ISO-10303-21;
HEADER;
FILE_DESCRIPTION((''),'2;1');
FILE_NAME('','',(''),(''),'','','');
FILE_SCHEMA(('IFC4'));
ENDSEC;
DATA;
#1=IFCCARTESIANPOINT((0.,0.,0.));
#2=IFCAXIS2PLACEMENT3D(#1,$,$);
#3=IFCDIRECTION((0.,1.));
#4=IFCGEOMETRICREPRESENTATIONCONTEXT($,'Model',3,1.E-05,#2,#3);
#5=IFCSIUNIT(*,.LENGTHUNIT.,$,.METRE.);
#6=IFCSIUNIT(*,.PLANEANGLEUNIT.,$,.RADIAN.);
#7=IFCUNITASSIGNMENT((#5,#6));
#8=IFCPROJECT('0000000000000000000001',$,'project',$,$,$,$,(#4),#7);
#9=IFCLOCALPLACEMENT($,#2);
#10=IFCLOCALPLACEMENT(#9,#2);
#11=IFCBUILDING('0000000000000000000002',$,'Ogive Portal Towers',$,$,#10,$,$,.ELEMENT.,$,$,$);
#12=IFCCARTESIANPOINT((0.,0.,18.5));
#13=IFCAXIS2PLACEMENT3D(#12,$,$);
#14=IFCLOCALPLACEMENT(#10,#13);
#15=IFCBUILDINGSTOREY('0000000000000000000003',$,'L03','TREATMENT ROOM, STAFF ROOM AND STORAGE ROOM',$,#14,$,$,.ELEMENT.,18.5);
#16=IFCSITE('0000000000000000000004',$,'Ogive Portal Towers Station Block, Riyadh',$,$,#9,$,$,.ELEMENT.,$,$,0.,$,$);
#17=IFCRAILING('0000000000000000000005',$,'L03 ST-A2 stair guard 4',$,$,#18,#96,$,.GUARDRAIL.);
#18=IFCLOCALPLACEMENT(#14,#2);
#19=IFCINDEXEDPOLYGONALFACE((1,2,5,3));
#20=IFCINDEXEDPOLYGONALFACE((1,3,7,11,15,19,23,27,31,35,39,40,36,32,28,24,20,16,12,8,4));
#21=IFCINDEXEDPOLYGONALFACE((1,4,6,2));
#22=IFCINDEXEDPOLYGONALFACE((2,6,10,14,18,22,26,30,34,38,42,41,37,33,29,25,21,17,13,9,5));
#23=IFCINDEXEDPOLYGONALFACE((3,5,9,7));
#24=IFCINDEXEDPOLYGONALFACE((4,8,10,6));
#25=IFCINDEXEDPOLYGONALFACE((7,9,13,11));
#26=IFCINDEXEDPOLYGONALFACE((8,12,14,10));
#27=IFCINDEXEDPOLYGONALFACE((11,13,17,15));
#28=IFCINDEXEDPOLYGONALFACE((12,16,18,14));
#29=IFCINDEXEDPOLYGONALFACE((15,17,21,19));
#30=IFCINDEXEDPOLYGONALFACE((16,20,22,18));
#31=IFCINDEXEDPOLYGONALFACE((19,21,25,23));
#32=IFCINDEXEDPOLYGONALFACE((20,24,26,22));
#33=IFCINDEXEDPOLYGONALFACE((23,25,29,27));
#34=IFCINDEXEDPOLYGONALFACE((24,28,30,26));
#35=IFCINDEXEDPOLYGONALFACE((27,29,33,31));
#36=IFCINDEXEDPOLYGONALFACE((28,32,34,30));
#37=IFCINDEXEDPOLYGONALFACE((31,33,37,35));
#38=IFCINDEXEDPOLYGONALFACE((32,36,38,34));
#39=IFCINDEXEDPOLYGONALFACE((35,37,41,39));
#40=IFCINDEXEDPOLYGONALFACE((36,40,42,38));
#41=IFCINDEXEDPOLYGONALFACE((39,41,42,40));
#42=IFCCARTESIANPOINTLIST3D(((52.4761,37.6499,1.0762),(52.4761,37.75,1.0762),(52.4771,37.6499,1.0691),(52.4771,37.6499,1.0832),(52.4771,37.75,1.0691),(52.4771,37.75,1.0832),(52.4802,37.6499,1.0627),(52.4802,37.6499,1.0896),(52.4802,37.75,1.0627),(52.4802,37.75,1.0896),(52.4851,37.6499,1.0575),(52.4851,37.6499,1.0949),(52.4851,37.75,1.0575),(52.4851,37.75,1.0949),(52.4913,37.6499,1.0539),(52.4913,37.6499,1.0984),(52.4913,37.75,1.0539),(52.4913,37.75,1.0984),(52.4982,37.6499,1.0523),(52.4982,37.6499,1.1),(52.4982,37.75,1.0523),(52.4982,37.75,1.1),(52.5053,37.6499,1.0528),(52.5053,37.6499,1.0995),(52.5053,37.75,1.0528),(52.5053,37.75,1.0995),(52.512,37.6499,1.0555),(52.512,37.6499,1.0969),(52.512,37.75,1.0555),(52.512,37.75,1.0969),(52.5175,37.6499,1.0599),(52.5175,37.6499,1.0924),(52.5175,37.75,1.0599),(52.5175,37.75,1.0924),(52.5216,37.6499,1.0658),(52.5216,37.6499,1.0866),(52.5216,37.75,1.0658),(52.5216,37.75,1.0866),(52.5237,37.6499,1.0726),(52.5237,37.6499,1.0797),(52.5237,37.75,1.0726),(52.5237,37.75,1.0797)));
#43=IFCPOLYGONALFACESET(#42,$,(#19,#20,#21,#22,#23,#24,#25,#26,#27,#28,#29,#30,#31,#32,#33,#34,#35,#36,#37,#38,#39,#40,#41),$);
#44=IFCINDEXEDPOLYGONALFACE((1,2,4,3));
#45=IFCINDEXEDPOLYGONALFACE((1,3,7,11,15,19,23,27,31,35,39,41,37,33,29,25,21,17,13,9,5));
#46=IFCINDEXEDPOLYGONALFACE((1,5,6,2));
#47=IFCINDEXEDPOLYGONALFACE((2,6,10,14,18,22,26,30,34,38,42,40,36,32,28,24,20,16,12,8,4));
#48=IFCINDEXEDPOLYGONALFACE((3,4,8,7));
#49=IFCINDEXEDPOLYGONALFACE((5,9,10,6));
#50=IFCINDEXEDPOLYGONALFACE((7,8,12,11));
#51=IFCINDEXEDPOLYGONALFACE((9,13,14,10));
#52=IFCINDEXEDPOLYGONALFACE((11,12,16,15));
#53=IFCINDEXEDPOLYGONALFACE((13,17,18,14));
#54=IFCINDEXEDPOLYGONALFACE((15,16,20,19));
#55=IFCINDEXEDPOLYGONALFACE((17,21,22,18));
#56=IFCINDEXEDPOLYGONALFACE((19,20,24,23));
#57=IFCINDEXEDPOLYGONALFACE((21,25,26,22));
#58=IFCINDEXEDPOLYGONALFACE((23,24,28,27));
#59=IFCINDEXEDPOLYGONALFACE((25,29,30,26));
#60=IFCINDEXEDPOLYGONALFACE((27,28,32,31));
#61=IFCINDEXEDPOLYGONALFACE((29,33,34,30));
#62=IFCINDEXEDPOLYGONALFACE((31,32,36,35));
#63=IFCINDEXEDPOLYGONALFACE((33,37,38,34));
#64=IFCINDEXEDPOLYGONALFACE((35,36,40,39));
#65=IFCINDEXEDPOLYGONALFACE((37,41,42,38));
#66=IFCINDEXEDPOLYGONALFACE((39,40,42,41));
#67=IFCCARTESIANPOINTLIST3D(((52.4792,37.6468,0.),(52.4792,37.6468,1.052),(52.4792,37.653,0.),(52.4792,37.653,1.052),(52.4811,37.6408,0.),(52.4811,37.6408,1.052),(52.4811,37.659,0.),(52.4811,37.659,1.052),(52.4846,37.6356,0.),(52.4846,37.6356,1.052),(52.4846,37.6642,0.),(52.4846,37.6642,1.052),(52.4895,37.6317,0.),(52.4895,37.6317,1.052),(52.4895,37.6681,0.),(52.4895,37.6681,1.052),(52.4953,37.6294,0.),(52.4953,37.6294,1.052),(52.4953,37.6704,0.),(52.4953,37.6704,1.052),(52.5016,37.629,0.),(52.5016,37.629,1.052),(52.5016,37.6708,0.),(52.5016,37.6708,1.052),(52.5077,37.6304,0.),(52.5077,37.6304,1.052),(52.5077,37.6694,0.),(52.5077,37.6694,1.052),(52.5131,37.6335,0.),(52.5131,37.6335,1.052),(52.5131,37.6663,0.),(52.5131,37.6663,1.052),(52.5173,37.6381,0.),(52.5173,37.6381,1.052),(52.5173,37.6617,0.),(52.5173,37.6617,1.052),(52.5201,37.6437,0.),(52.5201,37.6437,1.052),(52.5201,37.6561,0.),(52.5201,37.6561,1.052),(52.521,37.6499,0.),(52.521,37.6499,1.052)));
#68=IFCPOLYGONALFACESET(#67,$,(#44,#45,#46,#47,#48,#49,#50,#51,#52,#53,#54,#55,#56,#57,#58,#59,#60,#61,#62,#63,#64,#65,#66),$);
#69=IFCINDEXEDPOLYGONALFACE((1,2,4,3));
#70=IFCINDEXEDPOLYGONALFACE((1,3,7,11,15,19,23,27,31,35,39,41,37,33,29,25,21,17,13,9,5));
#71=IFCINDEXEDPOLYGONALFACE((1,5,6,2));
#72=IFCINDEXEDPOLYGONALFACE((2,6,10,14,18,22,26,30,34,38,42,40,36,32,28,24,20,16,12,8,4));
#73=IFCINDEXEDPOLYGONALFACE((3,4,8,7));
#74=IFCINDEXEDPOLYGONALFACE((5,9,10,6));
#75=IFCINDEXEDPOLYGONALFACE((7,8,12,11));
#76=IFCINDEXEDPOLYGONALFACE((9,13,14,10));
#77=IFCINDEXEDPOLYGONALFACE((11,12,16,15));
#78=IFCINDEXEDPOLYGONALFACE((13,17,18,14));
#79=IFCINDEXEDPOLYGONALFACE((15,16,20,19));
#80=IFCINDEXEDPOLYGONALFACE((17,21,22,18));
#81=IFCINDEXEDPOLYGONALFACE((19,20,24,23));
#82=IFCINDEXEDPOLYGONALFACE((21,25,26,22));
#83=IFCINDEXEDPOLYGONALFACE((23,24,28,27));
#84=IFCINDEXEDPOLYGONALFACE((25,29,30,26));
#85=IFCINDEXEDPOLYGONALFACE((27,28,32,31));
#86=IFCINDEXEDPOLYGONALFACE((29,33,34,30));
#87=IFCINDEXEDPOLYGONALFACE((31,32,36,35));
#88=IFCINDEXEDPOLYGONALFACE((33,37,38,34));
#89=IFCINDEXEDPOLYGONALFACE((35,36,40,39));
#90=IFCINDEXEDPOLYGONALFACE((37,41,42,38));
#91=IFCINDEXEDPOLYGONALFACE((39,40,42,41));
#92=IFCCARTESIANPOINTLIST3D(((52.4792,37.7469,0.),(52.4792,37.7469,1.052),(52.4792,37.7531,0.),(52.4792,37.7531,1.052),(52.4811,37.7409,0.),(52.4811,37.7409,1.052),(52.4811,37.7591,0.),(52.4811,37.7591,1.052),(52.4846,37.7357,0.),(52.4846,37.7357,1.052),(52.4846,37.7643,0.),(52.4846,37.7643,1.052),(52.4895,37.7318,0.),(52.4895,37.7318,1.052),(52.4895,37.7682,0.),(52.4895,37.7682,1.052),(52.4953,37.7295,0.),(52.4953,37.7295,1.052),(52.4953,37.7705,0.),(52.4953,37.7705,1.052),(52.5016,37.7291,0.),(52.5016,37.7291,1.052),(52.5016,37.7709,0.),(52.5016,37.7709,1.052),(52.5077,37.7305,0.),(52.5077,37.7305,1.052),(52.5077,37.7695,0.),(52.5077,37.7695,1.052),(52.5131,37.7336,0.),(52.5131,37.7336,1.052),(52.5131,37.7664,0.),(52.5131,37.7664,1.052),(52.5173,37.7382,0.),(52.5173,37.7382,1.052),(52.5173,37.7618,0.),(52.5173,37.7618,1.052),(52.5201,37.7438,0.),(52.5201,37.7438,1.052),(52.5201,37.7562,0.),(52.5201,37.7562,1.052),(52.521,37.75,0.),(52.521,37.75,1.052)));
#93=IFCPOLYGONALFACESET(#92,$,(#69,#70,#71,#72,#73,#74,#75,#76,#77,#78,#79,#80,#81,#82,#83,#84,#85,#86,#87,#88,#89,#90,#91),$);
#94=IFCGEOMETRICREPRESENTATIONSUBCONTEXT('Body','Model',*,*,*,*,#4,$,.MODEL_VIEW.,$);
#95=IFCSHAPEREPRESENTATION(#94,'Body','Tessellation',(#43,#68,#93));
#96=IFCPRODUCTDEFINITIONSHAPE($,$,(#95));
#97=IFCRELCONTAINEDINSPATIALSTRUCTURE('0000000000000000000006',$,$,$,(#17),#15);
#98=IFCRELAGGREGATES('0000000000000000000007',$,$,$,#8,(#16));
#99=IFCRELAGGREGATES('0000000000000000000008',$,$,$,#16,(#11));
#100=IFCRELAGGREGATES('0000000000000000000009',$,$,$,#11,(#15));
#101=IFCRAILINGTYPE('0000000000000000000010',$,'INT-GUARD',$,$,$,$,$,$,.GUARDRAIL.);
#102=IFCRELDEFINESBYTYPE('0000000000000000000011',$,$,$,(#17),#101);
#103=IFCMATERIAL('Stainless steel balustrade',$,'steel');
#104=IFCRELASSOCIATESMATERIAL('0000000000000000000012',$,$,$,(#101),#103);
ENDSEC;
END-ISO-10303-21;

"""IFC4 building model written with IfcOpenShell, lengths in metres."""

from ifc_helpers import new_model, si_unit, direction, frame, origin, origin_2d, place, context, subcontext, project, spatial, circle, extrude, material, type_object, element, save


model = new_model("IFC4")

# Units and contexts
model_context = context("Model", 3, precision=1e-05, world=origin(), true_north=direction((0.0, 1.0)))
body_context = subcontext(model_context, "Body", "Model", "MODEL_VIEW")
ifc_project = project(units=[si_unit("LENGTHUNIT", "METRE"), si_unit("PLANEANGLEUNIT", "RADIAN")], contexts=[model_context])

# Site, building, storey
site_placement = place(None, origin())
site = spatial("IfcSite", under=ifc_project, at=site_placement, Name="Ogive Portal Towers Station Block, Riyadh", CompositionType="ELEMENT", RefElevation=0.0)
building_placement = place(site_placement, origin())
building = spatial("IfcBuilding", under=site, at=building_placement, Name="Ogive Portal Towers", CompositionType="ELEMENT")
storey_placement = place(building_placement, frame((0.0, 0.0, 18.5)))
storey = spatial("IfcBuildingStorey", under=building, at=storey_placement, Name="L03", Description="TREATMENT ROOM, STAFF ROOM AND STORAGE ROOM", CompositionType="ELEMENT", Elevation=18.5)

# Railing
ifc_material_1 = material(Name="Stainless steel balustrade", Category="steel")
railing_type_1 = type_object("IfcRailingType", Name="INT-GUARD", PredefinedType="GUARDRAIL", material=ifc_material_1)
railing_1_placement = place(storey_placement, frame((52.5, 37.6499, 0.0)))
element("IfcRailing", 1, at=railing_1_placement, inside=storey, type_object=railing_type_1, Name="L03 ST-A2 stair guard 4", PredefinedType="GUARDRAIL", context=body_context, shape_type="SweptSolid", body=[
    extrude(circle(Radius=0.0239, at=origin_2d()), frame((0.0, 0.0, 1.0762), z_axis=(0.0, 1.0, 0.0), x_axis=(-1.0, 0.0, 0.0)), (0.0, 0.0, 1.0), 0.1001),
    extrude(circle(Radius=0.021, at=origin_2d()), origin(), (0.0, 0.0, 1.0), 1.052),
    extrude(circle(Radius=0.021, at=origin_2d()), frame((0.0, 0.1001, 0.0)), (0.0, 0.0, 1.0), 1.052),
])

save(model, "model.ifc")
